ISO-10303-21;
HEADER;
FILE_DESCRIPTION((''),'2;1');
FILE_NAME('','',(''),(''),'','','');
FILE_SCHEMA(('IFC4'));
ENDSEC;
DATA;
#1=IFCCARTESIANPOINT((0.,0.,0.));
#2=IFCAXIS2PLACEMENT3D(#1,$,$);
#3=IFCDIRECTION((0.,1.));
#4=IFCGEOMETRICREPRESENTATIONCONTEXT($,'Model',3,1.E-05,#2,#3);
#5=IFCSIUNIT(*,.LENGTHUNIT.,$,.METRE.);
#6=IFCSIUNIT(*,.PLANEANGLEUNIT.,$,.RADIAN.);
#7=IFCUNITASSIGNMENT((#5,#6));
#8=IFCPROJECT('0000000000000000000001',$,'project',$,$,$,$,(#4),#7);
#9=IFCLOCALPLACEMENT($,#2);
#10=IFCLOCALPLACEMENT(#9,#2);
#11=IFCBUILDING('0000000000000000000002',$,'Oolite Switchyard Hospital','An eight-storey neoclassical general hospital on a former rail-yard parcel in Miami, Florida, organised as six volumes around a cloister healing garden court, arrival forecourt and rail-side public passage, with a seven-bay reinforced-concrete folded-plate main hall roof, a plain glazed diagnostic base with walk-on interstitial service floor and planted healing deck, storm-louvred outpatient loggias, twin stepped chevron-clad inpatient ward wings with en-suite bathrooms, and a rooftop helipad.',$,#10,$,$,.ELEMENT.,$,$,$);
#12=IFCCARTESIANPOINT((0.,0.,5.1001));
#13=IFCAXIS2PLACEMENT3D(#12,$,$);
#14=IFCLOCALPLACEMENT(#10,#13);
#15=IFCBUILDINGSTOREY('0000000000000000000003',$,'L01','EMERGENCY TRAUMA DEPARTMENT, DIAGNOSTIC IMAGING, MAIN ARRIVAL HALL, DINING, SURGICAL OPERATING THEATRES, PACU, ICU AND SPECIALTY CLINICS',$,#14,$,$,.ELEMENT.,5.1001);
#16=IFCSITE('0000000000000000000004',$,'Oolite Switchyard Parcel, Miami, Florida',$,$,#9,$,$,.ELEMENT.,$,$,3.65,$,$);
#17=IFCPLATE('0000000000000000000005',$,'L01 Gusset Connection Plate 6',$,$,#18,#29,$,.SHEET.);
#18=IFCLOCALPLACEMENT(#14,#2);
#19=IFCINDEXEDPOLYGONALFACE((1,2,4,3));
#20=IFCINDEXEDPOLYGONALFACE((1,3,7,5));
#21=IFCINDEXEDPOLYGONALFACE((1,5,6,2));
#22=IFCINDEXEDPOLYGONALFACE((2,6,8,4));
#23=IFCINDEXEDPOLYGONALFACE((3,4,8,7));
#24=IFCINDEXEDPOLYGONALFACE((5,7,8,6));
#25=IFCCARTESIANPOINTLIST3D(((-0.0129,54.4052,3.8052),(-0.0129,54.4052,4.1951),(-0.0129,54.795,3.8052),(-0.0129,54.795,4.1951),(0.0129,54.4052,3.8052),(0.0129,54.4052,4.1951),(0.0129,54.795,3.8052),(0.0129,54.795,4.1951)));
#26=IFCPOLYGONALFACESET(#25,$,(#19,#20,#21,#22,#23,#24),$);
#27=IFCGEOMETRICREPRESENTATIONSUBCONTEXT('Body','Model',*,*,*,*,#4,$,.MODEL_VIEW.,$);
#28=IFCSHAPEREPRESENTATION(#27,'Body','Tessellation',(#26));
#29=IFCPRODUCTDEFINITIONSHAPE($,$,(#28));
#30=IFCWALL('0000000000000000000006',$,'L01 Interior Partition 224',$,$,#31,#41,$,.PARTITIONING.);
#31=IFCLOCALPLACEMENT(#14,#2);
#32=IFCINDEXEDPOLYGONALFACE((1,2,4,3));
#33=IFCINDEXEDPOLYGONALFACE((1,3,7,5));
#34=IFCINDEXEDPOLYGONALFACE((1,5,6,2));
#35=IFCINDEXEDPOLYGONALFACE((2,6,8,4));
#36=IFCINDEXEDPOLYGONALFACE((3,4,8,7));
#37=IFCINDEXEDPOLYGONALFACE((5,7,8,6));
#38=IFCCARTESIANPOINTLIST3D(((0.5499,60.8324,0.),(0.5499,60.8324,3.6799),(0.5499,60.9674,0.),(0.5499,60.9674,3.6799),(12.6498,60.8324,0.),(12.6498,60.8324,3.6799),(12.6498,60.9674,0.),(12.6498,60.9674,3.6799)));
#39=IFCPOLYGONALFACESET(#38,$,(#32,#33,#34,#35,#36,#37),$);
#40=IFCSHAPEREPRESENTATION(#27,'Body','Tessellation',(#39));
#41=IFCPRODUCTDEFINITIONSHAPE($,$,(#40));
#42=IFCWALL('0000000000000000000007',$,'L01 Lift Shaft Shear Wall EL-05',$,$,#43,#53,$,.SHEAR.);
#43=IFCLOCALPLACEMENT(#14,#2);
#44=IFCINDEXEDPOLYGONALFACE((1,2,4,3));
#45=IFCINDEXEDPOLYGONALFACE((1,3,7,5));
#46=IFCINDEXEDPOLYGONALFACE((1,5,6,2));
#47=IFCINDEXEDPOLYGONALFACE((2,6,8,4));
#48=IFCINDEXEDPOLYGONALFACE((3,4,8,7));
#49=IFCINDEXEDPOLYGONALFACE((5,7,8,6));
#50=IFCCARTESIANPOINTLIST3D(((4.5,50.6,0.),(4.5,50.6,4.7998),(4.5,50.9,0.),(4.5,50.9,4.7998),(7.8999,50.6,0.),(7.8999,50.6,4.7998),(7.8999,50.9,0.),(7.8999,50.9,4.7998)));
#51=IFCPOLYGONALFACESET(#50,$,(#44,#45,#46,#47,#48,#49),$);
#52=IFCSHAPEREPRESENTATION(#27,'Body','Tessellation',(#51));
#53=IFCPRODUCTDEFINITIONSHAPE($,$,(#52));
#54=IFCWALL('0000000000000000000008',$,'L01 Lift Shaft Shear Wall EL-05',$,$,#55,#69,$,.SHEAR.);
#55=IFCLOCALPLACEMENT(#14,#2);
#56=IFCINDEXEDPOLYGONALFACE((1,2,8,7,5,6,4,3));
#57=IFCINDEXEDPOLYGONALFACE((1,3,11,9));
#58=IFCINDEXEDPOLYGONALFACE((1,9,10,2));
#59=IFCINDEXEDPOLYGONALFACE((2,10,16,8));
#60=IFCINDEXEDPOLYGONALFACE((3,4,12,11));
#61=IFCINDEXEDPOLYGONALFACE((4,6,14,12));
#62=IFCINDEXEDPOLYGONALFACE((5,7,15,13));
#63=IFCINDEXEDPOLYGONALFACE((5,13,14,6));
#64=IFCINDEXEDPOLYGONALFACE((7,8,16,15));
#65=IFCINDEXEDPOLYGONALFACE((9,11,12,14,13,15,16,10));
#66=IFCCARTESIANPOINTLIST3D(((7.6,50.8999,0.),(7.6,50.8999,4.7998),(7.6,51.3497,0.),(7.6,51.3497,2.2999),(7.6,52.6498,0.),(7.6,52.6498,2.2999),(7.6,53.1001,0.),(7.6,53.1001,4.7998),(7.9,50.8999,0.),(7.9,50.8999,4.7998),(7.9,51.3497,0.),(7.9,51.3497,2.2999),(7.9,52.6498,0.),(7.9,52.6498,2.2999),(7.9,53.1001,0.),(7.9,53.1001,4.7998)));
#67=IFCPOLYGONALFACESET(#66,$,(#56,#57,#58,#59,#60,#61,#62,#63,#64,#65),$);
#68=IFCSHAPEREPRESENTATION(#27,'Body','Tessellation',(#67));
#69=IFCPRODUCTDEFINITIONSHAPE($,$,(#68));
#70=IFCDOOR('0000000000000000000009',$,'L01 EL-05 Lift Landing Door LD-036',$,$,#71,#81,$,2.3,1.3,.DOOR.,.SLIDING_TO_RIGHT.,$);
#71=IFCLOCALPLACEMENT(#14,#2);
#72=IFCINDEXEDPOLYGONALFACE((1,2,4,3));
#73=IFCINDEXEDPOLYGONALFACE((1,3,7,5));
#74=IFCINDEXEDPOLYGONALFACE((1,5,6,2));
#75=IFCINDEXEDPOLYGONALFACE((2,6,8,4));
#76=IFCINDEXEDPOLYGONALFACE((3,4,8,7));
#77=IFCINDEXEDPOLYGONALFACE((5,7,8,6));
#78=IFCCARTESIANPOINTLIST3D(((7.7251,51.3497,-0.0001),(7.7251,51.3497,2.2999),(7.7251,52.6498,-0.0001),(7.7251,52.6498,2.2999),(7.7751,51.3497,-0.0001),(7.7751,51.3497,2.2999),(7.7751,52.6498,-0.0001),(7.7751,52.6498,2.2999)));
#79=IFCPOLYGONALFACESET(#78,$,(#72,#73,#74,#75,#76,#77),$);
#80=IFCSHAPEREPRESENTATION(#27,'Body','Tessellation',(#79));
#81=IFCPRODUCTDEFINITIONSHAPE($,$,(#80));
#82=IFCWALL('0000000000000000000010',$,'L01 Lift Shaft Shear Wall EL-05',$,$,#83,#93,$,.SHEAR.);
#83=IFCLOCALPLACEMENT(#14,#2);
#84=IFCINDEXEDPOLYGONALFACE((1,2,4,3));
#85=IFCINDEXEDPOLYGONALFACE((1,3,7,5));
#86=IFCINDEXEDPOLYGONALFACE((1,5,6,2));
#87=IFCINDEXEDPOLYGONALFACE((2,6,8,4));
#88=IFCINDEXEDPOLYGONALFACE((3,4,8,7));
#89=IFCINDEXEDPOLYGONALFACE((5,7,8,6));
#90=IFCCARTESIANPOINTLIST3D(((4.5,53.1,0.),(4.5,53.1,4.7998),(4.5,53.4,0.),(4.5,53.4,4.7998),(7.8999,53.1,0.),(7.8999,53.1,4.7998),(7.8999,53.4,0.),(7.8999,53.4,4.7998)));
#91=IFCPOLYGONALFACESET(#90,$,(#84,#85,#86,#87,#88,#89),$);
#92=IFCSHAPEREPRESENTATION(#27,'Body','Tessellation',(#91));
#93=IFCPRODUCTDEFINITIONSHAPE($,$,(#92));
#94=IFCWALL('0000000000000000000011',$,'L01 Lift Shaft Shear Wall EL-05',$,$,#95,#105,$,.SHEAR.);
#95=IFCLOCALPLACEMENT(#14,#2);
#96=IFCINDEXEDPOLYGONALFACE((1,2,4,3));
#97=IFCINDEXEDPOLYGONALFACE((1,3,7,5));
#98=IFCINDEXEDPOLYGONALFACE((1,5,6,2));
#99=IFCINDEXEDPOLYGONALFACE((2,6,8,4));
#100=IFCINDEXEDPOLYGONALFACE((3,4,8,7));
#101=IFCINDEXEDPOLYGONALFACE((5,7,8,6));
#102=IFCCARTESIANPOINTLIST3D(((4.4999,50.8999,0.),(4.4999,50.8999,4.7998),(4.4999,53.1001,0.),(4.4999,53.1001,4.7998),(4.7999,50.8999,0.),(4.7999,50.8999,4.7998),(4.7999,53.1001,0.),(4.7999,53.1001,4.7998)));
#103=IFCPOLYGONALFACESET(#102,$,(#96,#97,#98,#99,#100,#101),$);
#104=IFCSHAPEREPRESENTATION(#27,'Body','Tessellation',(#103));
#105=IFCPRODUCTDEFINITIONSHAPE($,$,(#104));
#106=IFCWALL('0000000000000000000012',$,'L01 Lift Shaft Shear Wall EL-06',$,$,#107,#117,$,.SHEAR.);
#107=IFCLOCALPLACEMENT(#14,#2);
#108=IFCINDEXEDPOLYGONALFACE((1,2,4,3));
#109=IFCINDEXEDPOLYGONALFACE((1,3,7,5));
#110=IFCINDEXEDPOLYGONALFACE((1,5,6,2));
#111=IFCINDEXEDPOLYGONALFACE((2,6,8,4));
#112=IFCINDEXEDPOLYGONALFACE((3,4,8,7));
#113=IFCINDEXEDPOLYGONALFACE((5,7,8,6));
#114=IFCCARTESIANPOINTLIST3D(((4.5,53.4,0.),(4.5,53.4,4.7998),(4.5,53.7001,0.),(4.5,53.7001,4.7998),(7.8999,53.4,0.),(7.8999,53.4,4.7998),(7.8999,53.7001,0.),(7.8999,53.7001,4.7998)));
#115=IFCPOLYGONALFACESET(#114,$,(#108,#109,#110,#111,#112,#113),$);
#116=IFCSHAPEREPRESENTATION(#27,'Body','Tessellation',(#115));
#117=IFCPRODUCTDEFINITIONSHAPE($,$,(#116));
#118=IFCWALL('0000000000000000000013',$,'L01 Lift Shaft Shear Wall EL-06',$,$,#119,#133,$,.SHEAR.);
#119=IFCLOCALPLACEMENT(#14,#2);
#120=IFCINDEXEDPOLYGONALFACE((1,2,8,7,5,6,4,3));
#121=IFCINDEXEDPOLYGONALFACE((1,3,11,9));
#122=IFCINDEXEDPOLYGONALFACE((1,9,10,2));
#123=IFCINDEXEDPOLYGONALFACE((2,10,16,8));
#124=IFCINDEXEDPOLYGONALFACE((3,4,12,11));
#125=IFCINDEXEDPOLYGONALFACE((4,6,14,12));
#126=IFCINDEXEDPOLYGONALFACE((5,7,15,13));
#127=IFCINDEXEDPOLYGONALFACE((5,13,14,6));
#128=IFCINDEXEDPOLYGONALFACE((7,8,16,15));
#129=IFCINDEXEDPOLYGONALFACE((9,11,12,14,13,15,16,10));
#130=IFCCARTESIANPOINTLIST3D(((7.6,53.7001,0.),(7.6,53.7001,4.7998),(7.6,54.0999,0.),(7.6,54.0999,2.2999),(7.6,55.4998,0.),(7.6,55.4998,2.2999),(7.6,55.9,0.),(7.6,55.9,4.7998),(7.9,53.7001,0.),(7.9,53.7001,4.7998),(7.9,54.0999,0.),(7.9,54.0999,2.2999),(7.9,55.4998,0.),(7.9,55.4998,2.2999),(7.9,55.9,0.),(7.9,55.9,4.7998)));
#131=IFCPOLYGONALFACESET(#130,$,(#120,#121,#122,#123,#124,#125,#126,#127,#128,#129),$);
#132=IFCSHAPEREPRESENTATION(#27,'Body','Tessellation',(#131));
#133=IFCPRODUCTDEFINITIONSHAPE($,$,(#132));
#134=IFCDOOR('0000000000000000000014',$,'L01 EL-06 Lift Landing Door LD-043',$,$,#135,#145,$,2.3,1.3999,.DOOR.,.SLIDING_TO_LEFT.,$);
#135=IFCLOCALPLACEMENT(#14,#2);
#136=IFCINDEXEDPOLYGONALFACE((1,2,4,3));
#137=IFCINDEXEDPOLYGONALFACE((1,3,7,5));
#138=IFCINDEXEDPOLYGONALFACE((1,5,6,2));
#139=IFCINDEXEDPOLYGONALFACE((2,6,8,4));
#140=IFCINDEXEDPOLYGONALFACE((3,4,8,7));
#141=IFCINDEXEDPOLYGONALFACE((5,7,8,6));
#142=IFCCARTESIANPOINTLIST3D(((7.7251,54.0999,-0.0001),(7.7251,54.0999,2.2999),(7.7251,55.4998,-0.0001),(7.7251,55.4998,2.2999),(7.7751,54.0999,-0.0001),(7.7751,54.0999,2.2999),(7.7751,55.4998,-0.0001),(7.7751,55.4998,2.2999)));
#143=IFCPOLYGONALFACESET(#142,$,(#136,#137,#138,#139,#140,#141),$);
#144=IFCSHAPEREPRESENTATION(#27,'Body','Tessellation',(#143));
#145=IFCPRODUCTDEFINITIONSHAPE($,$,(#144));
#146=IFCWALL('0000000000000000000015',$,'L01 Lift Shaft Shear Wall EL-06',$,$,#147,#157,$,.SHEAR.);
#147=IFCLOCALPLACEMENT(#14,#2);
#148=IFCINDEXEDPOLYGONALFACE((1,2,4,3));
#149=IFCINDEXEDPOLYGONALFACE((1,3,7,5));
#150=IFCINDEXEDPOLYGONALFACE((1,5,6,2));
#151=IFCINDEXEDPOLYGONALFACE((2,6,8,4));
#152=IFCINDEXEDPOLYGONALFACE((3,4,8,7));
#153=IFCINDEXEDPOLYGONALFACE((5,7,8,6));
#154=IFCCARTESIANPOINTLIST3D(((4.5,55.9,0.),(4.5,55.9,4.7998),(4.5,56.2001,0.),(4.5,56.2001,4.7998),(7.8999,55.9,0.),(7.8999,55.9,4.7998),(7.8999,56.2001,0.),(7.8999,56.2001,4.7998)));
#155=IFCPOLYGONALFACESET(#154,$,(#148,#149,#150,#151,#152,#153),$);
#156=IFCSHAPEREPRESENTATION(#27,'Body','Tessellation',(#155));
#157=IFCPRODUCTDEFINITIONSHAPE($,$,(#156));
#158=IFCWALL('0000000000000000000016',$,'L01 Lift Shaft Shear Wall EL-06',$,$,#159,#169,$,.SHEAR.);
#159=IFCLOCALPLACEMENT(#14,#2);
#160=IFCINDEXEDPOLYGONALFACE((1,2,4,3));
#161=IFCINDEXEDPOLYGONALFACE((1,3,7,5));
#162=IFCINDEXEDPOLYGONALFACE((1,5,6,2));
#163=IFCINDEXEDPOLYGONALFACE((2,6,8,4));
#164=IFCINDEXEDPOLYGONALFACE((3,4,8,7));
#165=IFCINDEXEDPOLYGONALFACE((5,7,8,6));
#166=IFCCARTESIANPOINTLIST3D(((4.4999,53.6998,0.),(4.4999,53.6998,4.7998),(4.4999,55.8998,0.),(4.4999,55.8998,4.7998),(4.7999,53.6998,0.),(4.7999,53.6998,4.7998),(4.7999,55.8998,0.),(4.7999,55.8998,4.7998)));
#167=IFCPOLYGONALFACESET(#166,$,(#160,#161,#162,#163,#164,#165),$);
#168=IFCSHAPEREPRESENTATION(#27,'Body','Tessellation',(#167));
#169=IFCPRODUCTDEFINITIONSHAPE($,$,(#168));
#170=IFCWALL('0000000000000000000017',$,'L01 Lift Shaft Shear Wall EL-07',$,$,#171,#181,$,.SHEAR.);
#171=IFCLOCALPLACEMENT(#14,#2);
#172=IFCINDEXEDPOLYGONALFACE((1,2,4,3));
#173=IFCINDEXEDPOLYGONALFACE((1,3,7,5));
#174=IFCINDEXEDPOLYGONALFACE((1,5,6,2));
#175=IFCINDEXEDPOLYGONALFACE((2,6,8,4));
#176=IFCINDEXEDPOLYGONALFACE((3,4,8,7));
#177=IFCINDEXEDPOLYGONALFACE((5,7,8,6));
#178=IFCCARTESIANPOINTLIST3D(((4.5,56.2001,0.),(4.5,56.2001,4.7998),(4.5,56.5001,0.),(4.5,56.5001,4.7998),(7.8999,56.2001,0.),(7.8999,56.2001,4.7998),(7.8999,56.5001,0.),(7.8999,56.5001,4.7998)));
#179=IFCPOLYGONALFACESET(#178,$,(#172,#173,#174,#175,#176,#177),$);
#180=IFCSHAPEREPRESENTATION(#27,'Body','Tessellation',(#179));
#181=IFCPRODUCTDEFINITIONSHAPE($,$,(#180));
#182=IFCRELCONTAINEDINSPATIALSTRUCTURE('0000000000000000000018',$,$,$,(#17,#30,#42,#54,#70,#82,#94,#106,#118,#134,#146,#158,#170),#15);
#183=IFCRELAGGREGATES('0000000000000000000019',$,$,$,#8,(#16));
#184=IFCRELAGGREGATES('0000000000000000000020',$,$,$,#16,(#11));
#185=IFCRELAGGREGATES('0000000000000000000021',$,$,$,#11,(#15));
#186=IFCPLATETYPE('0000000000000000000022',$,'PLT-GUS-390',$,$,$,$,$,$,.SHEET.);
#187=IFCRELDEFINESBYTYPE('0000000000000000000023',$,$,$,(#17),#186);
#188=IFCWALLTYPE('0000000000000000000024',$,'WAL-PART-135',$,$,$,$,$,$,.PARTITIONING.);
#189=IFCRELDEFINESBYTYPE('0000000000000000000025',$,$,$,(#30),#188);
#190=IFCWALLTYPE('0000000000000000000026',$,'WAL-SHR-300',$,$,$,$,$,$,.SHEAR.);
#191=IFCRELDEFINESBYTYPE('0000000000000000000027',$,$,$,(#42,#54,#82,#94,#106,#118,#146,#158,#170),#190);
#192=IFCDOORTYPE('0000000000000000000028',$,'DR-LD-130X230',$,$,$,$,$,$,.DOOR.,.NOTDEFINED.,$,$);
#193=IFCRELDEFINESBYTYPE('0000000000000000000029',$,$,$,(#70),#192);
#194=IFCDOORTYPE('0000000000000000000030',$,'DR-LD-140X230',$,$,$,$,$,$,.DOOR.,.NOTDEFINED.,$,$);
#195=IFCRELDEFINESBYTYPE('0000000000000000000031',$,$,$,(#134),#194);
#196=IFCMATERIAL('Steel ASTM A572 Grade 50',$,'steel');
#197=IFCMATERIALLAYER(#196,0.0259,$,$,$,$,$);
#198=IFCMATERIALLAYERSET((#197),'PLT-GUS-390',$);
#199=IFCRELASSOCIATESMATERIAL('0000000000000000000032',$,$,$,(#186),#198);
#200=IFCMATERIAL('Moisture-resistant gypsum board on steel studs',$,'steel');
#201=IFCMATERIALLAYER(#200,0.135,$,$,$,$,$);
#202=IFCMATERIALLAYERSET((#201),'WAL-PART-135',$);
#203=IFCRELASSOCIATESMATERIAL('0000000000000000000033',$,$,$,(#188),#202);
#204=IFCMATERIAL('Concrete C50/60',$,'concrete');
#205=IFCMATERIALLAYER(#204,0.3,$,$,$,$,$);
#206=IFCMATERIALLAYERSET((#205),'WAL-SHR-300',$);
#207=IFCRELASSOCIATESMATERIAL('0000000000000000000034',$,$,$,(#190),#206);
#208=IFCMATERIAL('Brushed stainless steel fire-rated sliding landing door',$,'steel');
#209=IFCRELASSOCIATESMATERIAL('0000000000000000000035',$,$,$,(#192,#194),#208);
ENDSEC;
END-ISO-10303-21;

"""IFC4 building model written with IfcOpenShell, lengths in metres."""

from ifc_helpers import new_model, si_unit, direction, frame, frame_2d, origin, origin_2d, place, context, subcontext, project, spatial, rectangle, extrude, material, layer, layer_set, type_object, element, fill, save


model = new_model("IFC4")

# Units and contexts
model_context = context("Model", 3, precision=1e-05, world=origin(), true_north=direction((0.0, 1.0)))
body_context = subcontext(model_context, "Body", "Model", "MODEL_VIEW")
ifc_project = project(units=[si_unit("LENGTHUNIT", "METRE"), si_unit("PLANEANGLEUNIT", "RADIAN")], contexts=[model_context])

# Site, building, storey
site_placement = place(None, origin())
site = spatial("IfcSite", under=ifc_project, at=site_placement, Name="Oolite Switchyard Parcel, Miami, Florida", CompositionType="ELEMENT", RefElevation=3.65)
building_placement = place(site_placement, origin())
building = spatial("IfcBuilding", under=site, at=building_placement, Name="Oolite Switchyard Hospital", Description="An eight-storey neoclassical general hospital on a former rail-yard parcel in Miami, Florida, organised as six volumes around a cloister healing garden court, arrival forecourt and rail-side public passage, with a seven-bay reinforced-concrete folded-plate main hall roof, a plain glazed diagnostic base with walk-on interstitial service floor and planted healing deck, storm-louvred outpatient loggias, twin stepped chevron-clad inpatient ward wings with en-suite bathrooms, and a rooftop helipad.", CompositionType="ELEMENT")
storey_placement = place(building_placement, frame((0.0, 0.0, 5.1001)))
storey = spatial("IfcBuildingStorey", under=building, at=storey_placement, Name="L01", Description="EMERGENCY TRAUMA DEPARTMENT, DIAGNOSTIC IMAGING, MAIN ARRIVAL HALL, DINING, SURGICAL OPERATING THEATRES, PACU, ICU AND SPECIALTY CLINICS", CompositionType="ELEMENT", Elevation=5.1001)

# Shared definitions
ifc_material_1 = material(Name="Concrete C50/60", Category="concrete")

# Plate
ifc_material_2 = material(Name="Steel ASTM A572 Grade 50", Category="steel")
ifc_layer_1 = layer(ifc_material_2, 0.0259)
ifc_layer_set_1 = layer_set([ifc_layer_1], Name="PLT-GUS-390")
plate_type = type_object("IfcPlateType", Name="PLT-GUS-390", PredefinedType="SHEET", material=ifc_layer_set_1)
for number, where, z_axis, x_axis, name in (
    (1, (0.0, 54.6001, 3.8052), (0.0, 0.0, 1.0), (0.0, 1.0, 0.0), "L01 Gusset Connection Plate 6"),
):
    element("IfcPlate", number, at=place(storey_placement, frame(where, z_axis=z_axis, x_axis=x_axis)), inside=storey, type_object=plate_type, Name=name, PredefinedType="SHEET", context=body_context, shape_type="SweptSolid", body=[
        extrude(rectangle(XDim=0.3899, YDim=0.0259, at=origin_2d()), origin(), (0.0, 0.0, 1.0), 0.3899),
    ])

# Walls
ifc_material_3 = material(Name="Moisture-resistant gypsum board on steel studs", Category="steel")
ifc_layer_2 = layer(ifc_material_3, 0.135)
ifc_layer_set_2 = layer_set([ifc_layer_2], Name="WAL-PART-135")
wall_type_1 = type_object("IfcWallType", Name="WAL-PART-135", PredefinedType="PARTITIONING", material=ifc_layer_set_2)
wall_1_placement = place(storey_placement, frame((0.55, 60.8999, 0.0), z_axis=(0.0, 0.0, 1.0), x_axis=(1.0, 0.0, 0.0)))
element("IfcWall", 2, at=wall_1_placement, inside=storey, type_object=wall_type_1, Name="L01 Interior Partition 224", PredefinedType="PARTITIONING", context=body_context, shape_type="SweptSolid", body=[
    extrude(rectangle(XDim=12.0999, YDim=0.135, at=frame_2d((6.0498, 0.0))), origin(), (0.0, 0.0, 1.0), 3.6799),
])
ifc_layer_3 = layer(ifc_material_1, 0.3)
ifc_layer_set_3 = layer_set([ifc_layer_3], Name="WAL-SHR-300")
wall_type_2 = type_object("IfcWallType", Name="WAL-SHR-300", PredefinedType="SHEAR", material=ifc_layer_set_3)
wall_2_placement = place(storey_placement, frame((4.5, 50.75, 0.0), z_axis=(0.0, 0.0, 1.0), x_axis=(1.0, 0.0, 0.0)))
element("IfcWall", 3, at=wall_2_placement, inside=storey, type_object=wall_type_2, Name="L01 Lift Shaft Shear Wall EL-05", PredefinedType="SHEAR", context=body_context, shape_type="SweptSolid", body=[
    extrude(rectangle(XDim=3.3999, YDim=0.3, at=frame_2d((1.7, 0.0))), origin(), (0.0, 0.0, 1.0), 4.7998),
])

# Wall, opening, door
wall_3_placement = place(storey_placement, frame((7.75, 50.8999, 0.0), z_axis=(0.0, 0.0, 1.0), x_axis=(0.0, 1.0, 0.0)))
wall_3 = element("IfcWall", 4, at=wall_3_placement, inside=storey, type_object=wall_type_2, Name="L01 Lift Shaft Shear Wall EL-05", PredefinedType="SHEAR", context=body_context, shape_type="SweptSolid", body=[
    extrude(rectangle(XDim=2.2002, YDim=0.3, at=frame_2d((1.1001, 0.0))), origin(), (0.0, 0.0, 1.0), 4.7998),
])
opening_1_placement = place(wall_3_placement, frame((0.45, 0.0, 0.0)))
opening_1 = element("IfcOpeningElement", 5, at=opening_1_placement, cuts=wall_3, PredefinedType="OPENING", context=body_context, shape_type="SweptSolid", body=[
    extrude(rectangle(XDim=1.3, YDim=2.3, at=frame_2d((0.6499, 1.1499))), frame((0.0, 0.1602, 0.0), z_axis=(0.0, -1.0, 0.0), x_axis=(1.0, 0.0, 0.0)), (0.0, 0.0, 1.0), 0.3201),
])
ifc_material_4 = material(Name="Brushed stainless steel fire-rated sliding landing door", Category="steel")
door_type_1 = type_object("IfcDoorType", Name="DR-LD-130X230", OperationType="NOTDEFINED", PredefinedType="DOOR", material=ifc_material_4)
door_1_placement = place(opening_1_placement, origin())
door_1 = element("IfcDoor", 6, at=door_1_placement, inside=storey, type_object=door_type_1, Name="L01 EL-05 Lift Landing Door LD-036", OperationType="SLIDING_TO_RIGHT", OverallHeight=2.3, OverallWidth=1.3, PredefinedType="DOOR", context=body_context, shape_type="SweptSolid", body=[
    extrude(rectangle(XDim=1.3, YDim=2.3, at=frame_2d((0.6499, 1.1499))), frame((0.0, 0.0249, 0.0), z_axis=(0.0, -1.0, 0.0), x_axis=(1.0, 0.0, 0.0)), (0.0, 0.0, 1.0), 0.05),
])
fill(opening_1, door_1)

# Walls
wall_4_placement = place(storey_placement, frame((7.8999, 53.25, 0.0), z_axis=(0.0, 0.0, 1.0), x_axis=(-1.0, 0.0, 0.0)))
element("IfcWall", 7, at=wall_4_placement, inside=storey, type_object=wall_type_2, Name="L01 Lift Shaft Shear Wall EL-05", PredefinedType="SHEAR", context=body_context, shape_type="SweptSolid", body=[
    extrude(rectangle(XDim=3.3999, YDim=0.3, at=frame_2d((1.7, 0.0))), origin(), (0.0, 0.0, 1.0), 4.7998),
])
wall_5_placement = place(storey_placement, frame((4.6499, 53.1001, 0.0), z_axis=(0.0, 0.0, 1.0), x_axis=(0.0, -1.0, 0.0)))
element("IfcWall", 8, at=wall_5_placement, inside=storey, type_object=wall_type_2, Name="L01 Lift Shaft Shear Wall EL-05", PredefinedType="SHEAR", context=body_context, shape_type="SweptSolid", body=[
    extrude(rectangle(XDim=2.2002, YDim=0.3, at=frame_2d((1.1001, 0.0))), origin(), (0.0, 0.0, 1.0), 4.7998),
])
wall_6_placement = place(storey_placement, frame((4.5, 53.55, 0.0), z_axis=(0.0, 0.0, 1.0), x_axis=(1.0, 0.0, 0.0)))
element("IfcWall", 9, at=wall_6_placement, inside=storey, type_object=wall_type_2, Name="L01 Lift Shaft Shear Wall EL-06", PredefinedType="SHEAR", context=body_context, shape_type="SweptSolid", body=[
    extrude(rectangle(XDim=3.3999, YDim=0.3, at=frame_2d((1.7, 0.0))), origin(), (0.0, 0.0, 1.0), 4.7998),
])

# Wall, opening, door
wall_7_placement = place(storey_placement, frame((7.75, 53.7, 0.0), z_axis=(0.0, 0.0, 1.0), x_axis=(0.0, 1.0, 0.0)))
wall_7 = element("IfcWall", 10, at=wall_7_placement, inside=storey, type_object=wall_type_2, Name="L01 Lift Shaft Shear Wall EL-06", PredefinedType="SHEAR", context=body_context, shape_type="SweptSolid", body=[
    extrude(rectangle(XDim=2.2, YDim=0.3, at=frame_2d((1.1001, 0.0))), origin(), (0.0, 0.0, 1.0), 4.7998),
])
opening_2_placement = place(wall_7_placement, frame((0.3999, 0.0, 0.0)))
opening_2 = element("IfcOpeningElement", 11, at=opening_2_placement, cuts=wall_7, PredefinedType="OPENING", context=body_context, shape_type="SweptSolid", body=[
    extrude(rectangle(XDim=1.3999, YDim=2.3, at=frame_2d((0.7, 1.1499))), frame((0.0, 0.1602, 0.0), z_axis=(0.0, -1.0, 0.0), x_axis=(1.0, 0.0, 0.0)), (0.0, 0.0, 1.0), 0.3201),
])
door_type_2 = type_object("IfcDoorType", Name="DR-LD-140X230", OperationType="NOTDEFINED", PredefinedType="DOOR", material=ifc_material_4)
door_2_placement = place(opening_2_placement, origin())
door_2 = element("IfcDoor", 12, at=door_2_placement, inside=storey, type_object=door_type_2, Name="L01 EL-06 Lift Landing Door LD-043", OperationType="SLIDING_TO_LEFT", OverallHeight=2.3, OverallWidth=1.3999, PredefinedType="DOOR", context=body_context, shape_type="SweptSolid", body=[
    extrude(rectangle(XDim=1.3999, YDim=2.3, at=frame_2d((0.7, 1.1499))), frame((0.0, 0.0249, 0.0), z_axis=(0.0, -1.0, 0.0), x_axis=(1.0, 0.0, 0.0)), (0.0, 0.0, 1.0), 0.05),
])
fill(opening_2, door_2)

# Walls
wall_8_placement = place(storey_placement, frame((7.8999, 56.05, 0.0), z_axis=(0.0, 0.0, 1.0), x_axis=(-1.0, 0.0, 0.0)))
element("IfcWall", 13, at=wall_8_placement, inside=storey, type_object=wall_type_2, Name="L01 Lift Shaft Shear Wall EL-06", PredefinedType="SHEAR", context=body_context, shape_type="SweptSolid", body=[
    extrude(rectangle(XDim=3.3999, YDim=0.3, at=frame_2d((1.7, 0.0))), origin(), (0.0, 0.0, 1.0), 4.7998),
])
wall_9_placement = place(storey_placement, frame((4.6499, 55.8999, 0.0), z_axis=(0.0, 0.0, 1.0), x_axis=(0.0, -1.0, 0.0)))
element("IfcWall", 14, at=wall_9_placement, inside=storey, type_object=wall_type_2, Name="L01 Lift Shaft Shear Wall EL-06", PredefinedType="SHEAR", context=body_context, shape_type="SweptSolid", body=[
    extrude(rectangle(XDim=2.2, YDim=0.3, at=frame_2d((1.1001, 0.0))), origin(), (0.0, 0.0, 1.0), 4.7998),
])
wall_10_placement = place(storey_placement, frame((4.5, 56.3501, 0.0), z_axis=(0.0, 0.0, 1.0), x_axis=(1.0, 0.0, 0.0)))
element("IfcWall", 15, at=wall_10_placement, inside=storey, type_object=wall_type_2, Name="L01 Lift Shaft Shear Wall EL-07", PredefinedType="SHEAR", context=body_context, shape_type="SweptSolid", body=[
    extrude(rectangle(XDim=3.3999, YDim=0.3, at=frame_2d((1.7, 0.0))), origin(), (0.0, 0.0, 1.0), 4.7998),
])

save(model, "model.ifc")
